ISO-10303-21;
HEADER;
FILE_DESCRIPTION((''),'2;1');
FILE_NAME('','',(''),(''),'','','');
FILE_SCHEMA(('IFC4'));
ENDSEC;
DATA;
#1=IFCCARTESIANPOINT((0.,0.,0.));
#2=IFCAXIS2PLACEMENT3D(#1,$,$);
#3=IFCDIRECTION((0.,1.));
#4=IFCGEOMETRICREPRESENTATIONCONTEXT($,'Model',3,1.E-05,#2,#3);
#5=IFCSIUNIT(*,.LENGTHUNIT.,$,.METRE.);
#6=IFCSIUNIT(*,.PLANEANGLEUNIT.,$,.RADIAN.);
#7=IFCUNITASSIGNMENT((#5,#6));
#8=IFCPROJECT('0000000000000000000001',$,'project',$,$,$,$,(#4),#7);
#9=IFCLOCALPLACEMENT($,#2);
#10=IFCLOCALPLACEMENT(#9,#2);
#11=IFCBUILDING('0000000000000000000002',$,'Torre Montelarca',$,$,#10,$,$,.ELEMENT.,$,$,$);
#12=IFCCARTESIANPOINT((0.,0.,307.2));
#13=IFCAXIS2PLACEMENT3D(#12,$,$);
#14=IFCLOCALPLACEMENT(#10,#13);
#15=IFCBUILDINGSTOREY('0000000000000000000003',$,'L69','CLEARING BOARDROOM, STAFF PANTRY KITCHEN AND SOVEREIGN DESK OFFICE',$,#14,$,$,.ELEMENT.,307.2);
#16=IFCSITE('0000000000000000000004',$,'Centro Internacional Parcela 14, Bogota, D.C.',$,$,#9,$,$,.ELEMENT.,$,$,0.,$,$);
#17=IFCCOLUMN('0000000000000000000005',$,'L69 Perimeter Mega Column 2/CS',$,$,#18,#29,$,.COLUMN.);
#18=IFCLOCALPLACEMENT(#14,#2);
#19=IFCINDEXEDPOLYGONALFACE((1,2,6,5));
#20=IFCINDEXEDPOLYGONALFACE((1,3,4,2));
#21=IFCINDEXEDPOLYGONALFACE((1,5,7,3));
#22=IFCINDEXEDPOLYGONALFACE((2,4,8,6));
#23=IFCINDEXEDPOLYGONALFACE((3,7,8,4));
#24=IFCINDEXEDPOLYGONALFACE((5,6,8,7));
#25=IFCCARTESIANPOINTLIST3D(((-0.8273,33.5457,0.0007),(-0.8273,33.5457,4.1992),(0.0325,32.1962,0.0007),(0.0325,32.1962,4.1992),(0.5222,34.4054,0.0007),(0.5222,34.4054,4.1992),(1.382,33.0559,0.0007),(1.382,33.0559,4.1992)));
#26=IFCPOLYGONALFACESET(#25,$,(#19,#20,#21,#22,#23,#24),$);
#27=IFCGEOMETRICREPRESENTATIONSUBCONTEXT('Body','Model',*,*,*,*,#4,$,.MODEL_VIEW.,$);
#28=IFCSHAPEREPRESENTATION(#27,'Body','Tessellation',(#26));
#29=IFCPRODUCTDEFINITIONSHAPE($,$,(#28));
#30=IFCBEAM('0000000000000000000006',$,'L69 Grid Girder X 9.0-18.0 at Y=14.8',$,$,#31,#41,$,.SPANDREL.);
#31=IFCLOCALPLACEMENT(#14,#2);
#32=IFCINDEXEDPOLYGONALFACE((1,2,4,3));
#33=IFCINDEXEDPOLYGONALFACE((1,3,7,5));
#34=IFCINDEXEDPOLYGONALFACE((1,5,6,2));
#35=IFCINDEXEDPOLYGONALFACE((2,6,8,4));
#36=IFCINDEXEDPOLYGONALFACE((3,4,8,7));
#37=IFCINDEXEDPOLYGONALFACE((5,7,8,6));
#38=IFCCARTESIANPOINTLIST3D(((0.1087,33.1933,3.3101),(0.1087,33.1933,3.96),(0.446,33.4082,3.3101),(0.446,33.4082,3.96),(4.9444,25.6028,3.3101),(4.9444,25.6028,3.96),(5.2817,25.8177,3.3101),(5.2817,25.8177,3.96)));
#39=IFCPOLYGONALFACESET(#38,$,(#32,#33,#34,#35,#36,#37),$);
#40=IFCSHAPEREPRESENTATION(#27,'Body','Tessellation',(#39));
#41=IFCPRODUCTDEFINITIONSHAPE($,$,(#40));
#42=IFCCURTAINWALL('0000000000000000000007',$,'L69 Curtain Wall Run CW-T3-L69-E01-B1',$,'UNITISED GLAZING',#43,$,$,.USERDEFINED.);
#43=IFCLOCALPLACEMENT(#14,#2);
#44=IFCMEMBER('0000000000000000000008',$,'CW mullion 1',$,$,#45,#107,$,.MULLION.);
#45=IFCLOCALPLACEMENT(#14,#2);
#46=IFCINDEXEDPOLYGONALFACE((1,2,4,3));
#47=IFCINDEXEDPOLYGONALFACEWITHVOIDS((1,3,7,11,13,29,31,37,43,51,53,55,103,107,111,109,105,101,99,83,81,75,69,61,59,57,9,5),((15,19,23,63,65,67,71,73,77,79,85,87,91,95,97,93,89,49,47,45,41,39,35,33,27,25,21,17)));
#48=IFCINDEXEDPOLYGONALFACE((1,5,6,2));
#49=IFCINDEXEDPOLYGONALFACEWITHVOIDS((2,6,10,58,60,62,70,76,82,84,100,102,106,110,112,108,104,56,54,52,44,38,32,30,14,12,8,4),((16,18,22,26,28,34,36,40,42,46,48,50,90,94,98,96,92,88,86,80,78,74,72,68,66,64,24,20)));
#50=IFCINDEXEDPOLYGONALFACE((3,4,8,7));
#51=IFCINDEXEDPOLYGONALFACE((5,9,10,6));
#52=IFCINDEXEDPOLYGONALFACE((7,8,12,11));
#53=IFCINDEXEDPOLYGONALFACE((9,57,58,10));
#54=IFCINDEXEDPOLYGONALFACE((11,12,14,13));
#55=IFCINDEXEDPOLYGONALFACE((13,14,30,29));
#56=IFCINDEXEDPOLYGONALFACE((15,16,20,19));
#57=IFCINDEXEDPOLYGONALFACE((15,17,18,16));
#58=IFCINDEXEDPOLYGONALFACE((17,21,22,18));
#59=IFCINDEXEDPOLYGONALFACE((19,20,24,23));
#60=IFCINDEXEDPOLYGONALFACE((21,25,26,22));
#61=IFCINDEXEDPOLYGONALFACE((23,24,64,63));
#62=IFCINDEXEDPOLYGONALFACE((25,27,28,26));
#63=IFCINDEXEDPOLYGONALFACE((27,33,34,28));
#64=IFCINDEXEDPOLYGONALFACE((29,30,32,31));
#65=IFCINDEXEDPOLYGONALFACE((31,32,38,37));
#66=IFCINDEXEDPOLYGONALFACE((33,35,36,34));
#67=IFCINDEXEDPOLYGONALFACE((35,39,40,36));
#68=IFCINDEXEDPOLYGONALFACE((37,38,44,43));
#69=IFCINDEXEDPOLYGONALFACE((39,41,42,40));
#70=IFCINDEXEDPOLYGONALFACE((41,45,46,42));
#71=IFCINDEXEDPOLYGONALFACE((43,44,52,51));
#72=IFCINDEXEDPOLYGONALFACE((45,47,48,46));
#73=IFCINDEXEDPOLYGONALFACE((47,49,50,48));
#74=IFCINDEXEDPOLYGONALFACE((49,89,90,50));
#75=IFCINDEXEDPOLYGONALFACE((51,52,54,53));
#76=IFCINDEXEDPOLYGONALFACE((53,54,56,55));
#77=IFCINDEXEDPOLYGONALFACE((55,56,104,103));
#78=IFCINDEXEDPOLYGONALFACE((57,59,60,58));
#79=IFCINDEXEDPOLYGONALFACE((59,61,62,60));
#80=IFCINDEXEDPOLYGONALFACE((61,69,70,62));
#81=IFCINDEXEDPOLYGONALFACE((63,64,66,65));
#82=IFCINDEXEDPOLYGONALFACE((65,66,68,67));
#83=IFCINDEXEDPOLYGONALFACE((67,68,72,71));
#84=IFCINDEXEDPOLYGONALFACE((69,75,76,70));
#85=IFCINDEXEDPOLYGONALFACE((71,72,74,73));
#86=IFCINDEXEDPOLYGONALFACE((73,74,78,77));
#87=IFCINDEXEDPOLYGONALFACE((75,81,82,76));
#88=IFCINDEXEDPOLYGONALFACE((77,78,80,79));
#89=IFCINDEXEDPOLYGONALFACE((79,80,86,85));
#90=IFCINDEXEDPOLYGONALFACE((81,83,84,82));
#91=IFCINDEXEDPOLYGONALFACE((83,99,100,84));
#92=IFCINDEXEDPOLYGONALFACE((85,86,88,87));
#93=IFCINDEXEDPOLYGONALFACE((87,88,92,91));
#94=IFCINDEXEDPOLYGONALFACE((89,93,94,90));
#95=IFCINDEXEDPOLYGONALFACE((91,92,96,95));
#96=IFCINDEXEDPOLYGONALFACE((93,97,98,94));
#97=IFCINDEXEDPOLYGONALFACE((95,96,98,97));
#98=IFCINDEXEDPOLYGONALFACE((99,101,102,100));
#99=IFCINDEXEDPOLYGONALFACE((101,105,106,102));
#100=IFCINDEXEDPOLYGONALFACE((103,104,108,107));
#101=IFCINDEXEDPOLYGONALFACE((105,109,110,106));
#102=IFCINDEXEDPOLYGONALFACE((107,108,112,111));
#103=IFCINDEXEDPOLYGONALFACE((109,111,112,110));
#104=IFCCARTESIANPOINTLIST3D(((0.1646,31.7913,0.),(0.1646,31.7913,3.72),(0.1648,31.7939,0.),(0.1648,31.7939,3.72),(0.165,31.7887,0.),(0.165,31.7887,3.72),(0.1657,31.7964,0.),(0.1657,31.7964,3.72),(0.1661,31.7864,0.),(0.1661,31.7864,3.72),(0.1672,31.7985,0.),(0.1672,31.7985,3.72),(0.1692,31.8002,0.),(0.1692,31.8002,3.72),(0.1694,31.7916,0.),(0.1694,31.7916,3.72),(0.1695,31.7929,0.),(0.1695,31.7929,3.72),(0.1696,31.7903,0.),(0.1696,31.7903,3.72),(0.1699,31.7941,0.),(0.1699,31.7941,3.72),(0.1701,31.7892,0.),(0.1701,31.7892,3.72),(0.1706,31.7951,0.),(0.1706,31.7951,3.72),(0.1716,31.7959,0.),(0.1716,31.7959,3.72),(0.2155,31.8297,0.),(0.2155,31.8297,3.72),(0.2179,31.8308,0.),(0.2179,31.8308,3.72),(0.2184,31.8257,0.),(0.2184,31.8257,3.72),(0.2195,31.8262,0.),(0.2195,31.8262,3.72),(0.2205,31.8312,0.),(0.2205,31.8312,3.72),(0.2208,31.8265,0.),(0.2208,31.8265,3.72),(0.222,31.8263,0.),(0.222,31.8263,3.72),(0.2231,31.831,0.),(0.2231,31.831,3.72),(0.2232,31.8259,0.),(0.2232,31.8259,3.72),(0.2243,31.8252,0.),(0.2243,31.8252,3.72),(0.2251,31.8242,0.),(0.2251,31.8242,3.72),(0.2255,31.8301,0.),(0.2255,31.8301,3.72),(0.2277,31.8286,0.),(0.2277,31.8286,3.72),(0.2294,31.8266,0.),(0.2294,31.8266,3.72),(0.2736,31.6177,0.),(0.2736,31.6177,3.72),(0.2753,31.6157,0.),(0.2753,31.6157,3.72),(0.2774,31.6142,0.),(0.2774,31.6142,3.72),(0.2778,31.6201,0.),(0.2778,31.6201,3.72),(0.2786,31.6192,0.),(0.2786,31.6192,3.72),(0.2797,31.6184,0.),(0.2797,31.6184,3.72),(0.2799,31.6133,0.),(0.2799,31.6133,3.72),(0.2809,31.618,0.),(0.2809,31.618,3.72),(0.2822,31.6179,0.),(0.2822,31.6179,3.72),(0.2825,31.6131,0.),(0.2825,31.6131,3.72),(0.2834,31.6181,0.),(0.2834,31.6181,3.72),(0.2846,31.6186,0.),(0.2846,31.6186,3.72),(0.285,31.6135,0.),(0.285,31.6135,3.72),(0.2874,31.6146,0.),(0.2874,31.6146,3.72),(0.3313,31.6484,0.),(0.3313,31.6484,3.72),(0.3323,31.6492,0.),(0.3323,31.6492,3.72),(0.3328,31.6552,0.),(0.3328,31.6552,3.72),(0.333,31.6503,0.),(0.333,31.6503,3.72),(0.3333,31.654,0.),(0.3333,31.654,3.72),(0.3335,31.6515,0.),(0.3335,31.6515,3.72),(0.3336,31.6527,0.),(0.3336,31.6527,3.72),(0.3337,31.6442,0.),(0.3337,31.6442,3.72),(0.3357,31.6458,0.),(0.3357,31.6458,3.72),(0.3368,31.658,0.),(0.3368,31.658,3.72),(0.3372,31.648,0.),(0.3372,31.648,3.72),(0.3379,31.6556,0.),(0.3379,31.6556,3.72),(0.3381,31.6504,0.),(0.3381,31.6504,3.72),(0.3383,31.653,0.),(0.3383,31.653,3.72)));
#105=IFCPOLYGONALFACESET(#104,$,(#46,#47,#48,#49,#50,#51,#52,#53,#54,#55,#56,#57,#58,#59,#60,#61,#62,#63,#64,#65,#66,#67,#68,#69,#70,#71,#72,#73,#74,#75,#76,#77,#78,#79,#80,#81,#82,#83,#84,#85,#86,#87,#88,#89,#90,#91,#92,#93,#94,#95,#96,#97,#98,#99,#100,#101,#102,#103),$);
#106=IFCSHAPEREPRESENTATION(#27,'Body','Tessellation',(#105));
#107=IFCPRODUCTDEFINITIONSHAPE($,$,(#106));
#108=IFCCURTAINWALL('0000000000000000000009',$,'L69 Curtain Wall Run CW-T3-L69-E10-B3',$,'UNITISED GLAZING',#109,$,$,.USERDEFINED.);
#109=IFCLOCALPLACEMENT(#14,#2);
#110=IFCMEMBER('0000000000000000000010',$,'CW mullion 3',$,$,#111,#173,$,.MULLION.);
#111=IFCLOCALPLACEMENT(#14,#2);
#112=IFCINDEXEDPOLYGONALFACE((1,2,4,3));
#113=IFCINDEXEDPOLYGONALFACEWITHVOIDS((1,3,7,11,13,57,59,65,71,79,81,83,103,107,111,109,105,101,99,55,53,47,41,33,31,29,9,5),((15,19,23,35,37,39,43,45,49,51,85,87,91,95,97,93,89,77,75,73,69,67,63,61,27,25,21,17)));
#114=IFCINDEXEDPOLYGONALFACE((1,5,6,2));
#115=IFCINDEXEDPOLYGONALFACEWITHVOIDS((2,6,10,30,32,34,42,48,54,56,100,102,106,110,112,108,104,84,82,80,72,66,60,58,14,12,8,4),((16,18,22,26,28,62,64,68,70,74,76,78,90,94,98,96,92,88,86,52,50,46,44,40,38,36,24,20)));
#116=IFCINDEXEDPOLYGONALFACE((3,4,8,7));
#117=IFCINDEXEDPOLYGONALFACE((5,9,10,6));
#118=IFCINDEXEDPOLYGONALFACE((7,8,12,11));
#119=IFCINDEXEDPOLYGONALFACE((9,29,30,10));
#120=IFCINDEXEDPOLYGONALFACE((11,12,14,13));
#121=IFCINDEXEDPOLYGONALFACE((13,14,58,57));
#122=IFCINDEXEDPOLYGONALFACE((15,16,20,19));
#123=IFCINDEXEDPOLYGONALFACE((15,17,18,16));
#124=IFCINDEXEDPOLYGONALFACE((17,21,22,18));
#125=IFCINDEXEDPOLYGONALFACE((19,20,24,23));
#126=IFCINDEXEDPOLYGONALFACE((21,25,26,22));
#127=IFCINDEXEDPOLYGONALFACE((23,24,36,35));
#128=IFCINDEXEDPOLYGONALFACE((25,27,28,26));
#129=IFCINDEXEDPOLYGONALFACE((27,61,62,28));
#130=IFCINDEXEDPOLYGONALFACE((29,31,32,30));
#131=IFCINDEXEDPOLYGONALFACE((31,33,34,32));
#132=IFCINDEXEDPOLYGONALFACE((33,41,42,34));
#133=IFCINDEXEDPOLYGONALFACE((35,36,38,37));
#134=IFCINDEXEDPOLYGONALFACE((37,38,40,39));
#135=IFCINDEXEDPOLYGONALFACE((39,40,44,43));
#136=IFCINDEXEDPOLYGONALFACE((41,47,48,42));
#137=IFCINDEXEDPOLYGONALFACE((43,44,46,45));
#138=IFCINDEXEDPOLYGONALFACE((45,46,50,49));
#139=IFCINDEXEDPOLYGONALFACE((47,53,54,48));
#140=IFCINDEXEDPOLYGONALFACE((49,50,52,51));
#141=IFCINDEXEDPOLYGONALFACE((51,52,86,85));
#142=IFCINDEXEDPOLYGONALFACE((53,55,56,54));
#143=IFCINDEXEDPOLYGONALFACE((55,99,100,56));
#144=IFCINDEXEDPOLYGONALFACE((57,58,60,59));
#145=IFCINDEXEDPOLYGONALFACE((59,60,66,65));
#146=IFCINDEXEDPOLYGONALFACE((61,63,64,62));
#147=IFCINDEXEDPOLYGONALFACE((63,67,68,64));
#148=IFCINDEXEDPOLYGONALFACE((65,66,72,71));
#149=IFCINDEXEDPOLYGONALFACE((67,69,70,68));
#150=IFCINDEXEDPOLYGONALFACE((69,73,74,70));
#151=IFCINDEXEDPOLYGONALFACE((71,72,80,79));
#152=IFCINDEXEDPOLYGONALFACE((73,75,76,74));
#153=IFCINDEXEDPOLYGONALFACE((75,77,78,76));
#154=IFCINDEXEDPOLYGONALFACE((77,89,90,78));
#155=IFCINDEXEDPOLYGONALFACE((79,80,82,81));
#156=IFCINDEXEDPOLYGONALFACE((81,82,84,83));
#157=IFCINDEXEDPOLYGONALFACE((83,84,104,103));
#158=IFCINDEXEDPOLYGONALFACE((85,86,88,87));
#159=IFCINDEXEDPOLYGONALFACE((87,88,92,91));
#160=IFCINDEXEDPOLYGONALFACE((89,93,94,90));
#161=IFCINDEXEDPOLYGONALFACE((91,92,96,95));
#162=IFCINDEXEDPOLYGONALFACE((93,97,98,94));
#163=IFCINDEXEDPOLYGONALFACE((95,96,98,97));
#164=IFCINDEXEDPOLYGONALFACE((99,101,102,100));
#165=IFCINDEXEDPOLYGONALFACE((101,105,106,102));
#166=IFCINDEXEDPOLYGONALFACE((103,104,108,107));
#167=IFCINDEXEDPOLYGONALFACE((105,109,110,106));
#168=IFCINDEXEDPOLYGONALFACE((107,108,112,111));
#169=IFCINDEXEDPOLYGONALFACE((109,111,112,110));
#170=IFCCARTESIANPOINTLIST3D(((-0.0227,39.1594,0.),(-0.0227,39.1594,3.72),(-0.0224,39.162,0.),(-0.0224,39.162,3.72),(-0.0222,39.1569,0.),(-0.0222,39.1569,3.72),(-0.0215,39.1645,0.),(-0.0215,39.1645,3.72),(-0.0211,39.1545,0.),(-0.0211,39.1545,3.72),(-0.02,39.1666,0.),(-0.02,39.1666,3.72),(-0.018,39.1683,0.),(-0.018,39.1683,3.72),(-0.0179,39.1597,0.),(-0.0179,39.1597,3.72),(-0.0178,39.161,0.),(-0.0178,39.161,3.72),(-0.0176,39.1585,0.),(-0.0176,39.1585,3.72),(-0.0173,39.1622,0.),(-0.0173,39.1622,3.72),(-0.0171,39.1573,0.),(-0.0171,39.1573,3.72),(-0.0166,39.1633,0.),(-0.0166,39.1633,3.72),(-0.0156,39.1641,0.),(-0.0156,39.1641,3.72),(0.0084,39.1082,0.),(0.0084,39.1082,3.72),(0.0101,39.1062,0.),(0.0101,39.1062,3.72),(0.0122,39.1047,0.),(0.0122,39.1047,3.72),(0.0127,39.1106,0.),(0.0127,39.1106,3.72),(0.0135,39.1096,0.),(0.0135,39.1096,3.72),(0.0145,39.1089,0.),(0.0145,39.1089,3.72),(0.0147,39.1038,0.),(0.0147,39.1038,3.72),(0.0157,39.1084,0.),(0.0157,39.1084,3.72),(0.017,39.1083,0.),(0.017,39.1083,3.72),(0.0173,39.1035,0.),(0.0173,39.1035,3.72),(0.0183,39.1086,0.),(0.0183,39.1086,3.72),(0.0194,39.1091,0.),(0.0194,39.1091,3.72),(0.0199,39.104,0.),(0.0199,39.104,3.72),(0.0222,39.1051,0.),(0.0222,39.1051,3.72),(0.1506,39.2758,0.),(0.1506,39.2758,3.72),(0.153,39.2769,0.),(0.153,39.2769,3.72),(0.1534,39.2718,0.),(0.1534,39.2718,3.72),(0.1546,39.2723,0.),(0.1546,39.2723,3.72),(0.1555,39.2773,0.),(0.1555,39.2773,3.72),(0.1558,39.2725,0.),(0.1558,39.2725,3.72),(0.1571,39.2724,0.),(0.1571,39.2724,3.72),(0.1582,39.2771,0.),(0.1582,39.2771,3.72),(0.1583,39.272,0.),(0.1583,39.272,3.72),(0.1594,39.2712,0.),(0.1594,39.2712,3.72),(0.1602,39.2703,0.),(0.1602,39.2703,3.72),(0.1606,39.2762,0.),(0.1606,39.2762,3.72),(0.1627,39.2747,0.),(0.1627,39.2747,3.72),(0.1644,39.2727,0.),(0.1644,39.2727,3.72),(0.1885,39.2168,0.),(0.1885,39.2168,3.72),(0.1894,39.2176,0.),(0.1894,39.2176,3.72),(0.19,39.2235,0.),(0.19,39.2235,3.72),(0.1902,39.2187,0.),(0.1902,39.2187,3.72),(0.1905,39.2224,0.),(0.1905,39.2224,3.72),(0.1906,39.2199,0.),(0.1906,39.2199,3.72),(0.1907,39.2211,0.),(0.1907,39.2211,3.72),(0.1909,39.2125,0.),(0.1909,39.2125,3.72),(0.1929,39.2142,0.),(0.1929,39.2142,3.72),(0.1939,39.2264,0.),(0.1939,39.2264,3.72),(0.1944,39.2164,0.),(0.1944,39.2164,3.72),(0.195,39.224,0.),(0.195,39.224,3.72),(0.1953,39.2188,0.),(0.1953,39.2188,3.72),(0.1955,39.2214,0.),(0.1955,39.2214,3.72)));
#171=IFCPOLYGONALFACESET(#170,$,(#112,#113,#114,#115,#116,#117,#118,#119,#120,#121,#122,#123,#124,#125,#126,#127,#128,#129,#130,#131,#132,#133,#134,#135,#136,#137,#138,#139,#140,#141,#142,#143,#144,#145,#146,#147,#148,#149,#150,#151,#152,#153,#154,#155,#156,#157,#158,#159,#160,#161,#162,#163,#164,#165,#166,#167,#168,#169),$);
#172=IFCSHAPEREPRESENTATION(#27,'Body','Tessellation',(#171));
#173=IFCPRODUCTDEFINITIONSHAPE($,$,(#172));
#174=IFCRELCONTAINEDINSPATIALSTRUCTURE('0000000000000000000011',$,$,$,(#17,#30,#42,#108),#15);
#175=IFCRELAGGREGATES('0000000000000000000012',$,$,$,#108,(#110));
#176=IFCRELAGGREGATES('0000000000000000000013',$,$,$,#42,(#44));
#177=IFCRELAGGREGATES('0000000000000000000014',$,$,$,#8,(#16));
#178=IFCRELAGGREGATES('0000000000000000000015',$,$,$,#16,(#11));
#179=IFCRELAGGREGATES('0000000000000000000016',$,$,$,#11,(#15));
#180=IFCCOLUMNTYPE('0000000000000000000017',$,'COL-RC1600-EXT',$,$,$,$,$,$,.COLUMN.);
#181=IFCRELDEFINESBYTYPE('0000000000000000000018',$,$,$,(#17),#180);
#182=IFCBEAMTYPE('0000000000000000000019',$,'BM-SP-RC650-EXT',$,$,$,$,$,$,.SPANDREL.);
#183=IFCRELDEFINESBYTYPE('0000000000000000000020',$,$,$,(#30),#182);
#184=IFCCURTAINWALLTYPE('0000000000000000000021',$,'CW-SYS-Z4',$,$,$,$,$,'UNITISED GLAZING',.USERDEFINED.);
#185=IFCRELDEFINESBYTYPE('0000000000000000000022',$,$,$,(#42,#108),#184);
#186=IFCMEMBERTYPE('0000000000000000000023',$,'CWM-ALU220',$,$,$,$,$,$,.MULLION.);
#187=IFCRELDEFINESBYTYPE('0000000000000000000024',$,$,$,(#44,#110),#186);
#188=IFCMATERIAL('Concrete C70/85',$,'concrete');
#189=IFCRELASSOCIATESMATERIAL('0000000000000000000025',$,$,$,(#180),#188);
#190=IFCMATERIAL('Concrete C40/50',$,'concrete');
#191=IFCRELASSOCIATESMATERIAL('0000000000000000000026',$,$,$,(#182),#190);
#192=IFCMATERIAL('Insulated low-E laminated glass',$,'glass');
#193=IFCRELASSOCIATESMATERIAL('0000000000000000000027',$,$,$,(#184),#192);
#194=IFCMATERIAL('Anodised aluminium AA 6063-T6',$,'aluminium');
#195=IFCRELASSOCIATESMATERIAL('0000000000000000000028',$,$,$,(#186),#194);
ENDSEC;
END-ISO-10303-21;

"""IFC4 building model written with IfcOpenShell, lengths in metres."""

from ifc_helpers import new_model, si_unit, direction, frame, origin, origin_2d, place, context, subcontext, project, spatial, rectangle, hollow_rectangle, extrude, source, transform, mapped, material, material_profile, profile_set, type_object, element, aggregate, save


model = new_model("IFC4")

# Units and contexts
model_context = context("Model", 3, precision=1e-05, world=origin(), true_north=direction((0.0, 1.0)))
body_context = subcontext(model_context, "Body", "Model", "MODEL_VIEW")
ifc_project = project(units=[si_unit("LENGTHUNIT", "METRE"), si_unit("PLANEANGLEUNIT", "RADIAN")], contexts=[model_context])

# Site, building, storey
site_placement = place(None, origin())
site = spatial("IfcSite", under=ifc_project, at=site_placement, Name="Centro Internacional Parcela 14, Bogota, D.C.", CompositionType="ELEMENT", RefElevation=0.0)
building_placement = place(site_placement, origin())
building = spatial("IfcBuilding", under=site, at=building_placement, Name="Torre Montelarca", CompositionType="ELEMENT")
storey_placement = place(building_placement, frame((0.0, 0.0, 307.2)))
storey = spatial("IfcBuildingStorey", under=building, at=storey_placement, Name="L69", Description="CLEARING BOARDROOM, STAFF PANTRY KITCHEN AND SOVEREIGN DESK OFFICE", CompositionType="ELEMENT", Elevation=307.2)

# Column
ifc_material_1 = material(Name="Concrete C70/85", Category="concrete")
ifc_material_profile_1 = material_profile(ifc_material_1, rectangle(XDim=1.6001, YDim=1.6001, at=origin_2d()), Name="RC1600X1600", Category="concrete")
ifc_profile_set_1 = profile_set([ifc_material_profile_1], Name="Concrete C70/85")
column_type = type_object("IfcColumnType", Name="COL-RC1600-EXT", PredefinedType="COLUMN", material=ifc_profile_set_1)
shared_shape_1 = source(origin(), body_context, "Body", "SweptSolid", [
    extrude(rectangle(XDim=1.6001, YDim=1.6001, at=origin_2d()), origin(), (0.0, 0.0, 1.0), 4.1985),
])
column_placement = place(storey_placement, frame((0.2773, 33.3008, 0.0007), z_axis=(0.0, 0.0, 1.0), x_axis=(-0.5373, 0.843391, 0.0)))
element("IfcColumn", 1, at=column_placement, inside=storey, type_object=column_type, Name="L69 Perimeter Mega Column 2/CS", PredefinedType="COLUMN", context=body_context, shape_type="MappedRepresentation", body=[
    mapped(shared_shape_1, transform((0.0, 0.0, 0.0), scale=1.0)),
])

# Beam
ifc_material_2 = material(Name="Concrete C40/50", Category="concrete")
ifc_material_profile_2 = material_profile(ifc_material_2, rectangle(XDim=0.3999, YDim=0.6499, at=origin_2d()), Name="RCB400X650", Category="concrete")
ifc_profile_set_2 = profile_set([ifc_material_profile_2], Name="Concrete C40/50")
beam_type = type_object("IfcBeamType", Name="BM-SP-RC650-EXT", PredefinedType="SPANDREL", material=ifc_profile_set_2)
shared_shape_2 = source(origin(), body_context, "Body", "SweptSolid", [
    extrude(rectangle(XDim=0.3999, YDim=0.6499, at=origin_2d()), origin(), (0.0, 0.0, 1.0), 9.0),
])
beam_placement = place(storey_placement, frame((0.2773, 33.3008, 3.635), z_axis=(0.537297, -0.843393, 0.0), x_axis=(0.843393, 0.537297, 0.0)))
element("IfcBeam", 2, at=beam_placement, inside=storey, type_object=beam_type, Name="L69 Grid Girder X 9.0-18.0 at Y=14.8", PredefinedType="SPANDREL", context=body_context, shape_type="MappedRepresentation", body=[
    mapped(shared_shape_2, transform((0.0, 0.0, 0.0), scale=1.0)),
])

# Curtain walls, members
ifc_material_3 = material(Name="Insulated low-E laminated glass", Category="glass")
curtain_wall_type = type_object("IfcCurtainWallType", Name="CW-SYS-Z4", ElementType="UNITISED GLAZING", PredefinedType="USERDEFINED", material=ifc_material_3)
curtain_wall_1_placement = place(storey_placement, origin())
curtain_wall_1 = element("IfcCurtainWall", 3, at=curtain_wall_1_placement, inside=storey, type_object=curtain_wall_type, Name="L69 Curtain Wall Run CW-T3-L69-E01-B1", ObjectType="UNITISED GLAZING", PredefinedType="USERDEFINED")
ifc_material_4 = material(Name="Anodised aluminium AA 6063-T6", Category="aluminium")
ifc_material_profile_3 = material_profile(ifc_material_4, hollow_rectangle(XDim=0.075, YDim=0.22, WallThickness=0.0049, InnerFilletRadius=0.0049, OuterFilletRadius=0.01, at=origin_2d()), Name="ALU75X220X5", Category="aluminium")
ifc_profile_set_3 = profile_set([ifc_material_profile_3], Name="Anodised aluminium AA 6063-T6")
member_type_1 = type_object("IfcMemberType", Name="CWM-ALU220", PredefinedType="MULLION", material=ifc_profile_set_3)
shared_shape_3 = source(origin(), body_context, "Body", "SweptSolid", [
    extrude(hollow_rectangle(XDim=0.075, YDim=0.22, WallThickness=0.0049, InnerFilletRadius=0.0049, OuterFilletRadius=0.01, at=origin_2d()), origin(), (0.0, 0.0, 1.0), 3.72),
])
member_1_placement = place(storey_placement, frame((0.2515, 31.7222, 0.0), z_axis=(0.0, 0.0, 1.0), x_axis=(0.84339, 0.537301, 0.0)))
member_1 = element("IfcMember", 4, at=member_1_placement, type_object=member_type_1, Name="CW mullion 1", PredefinedType="MULLION", context=body_context, shape_type="MappedRepresentation", body=[
    mapped(shared_shape_3, transform((0.0, 0.0, 0.0), scale=1.0)),
])
curtain_wall_2_placement = place(storey_placement, origin())
curtain_wall_2 = element("IfcCurtainWall", 5, at=curtain_wall_2_placement, inside=storey, type_object=curtain_wall_type, Name="L69 Curtain Wall Run CW-T3-L69-E10-B3", ObjectType="UNITISED GLAZING", PredefinedType="USERDEFINED")
member_2_placement = place(storey_placement, frame((0.0864, 39.1904, 0.0), z_axis=(0.0, 0.0, 1.0), x_axis=(0.537304, -0.843389, 0.0)))
member_2 = element("IfcMember", 6, at=member_2_placement, type_object=member_type_1, Name="CW mullion 3", PredefinedType="MULLION", context=body_context, shape_type="MappedRepresentation", body=[
    mapped(shared_shape_3, transform((0.0, 0.0, 0.0), scale=1.0)),
])
aggregate(curtain_wall_2, [member_2])

aggregate(curtain_wall_1, [member_1])

save(model, "model.ifc")
